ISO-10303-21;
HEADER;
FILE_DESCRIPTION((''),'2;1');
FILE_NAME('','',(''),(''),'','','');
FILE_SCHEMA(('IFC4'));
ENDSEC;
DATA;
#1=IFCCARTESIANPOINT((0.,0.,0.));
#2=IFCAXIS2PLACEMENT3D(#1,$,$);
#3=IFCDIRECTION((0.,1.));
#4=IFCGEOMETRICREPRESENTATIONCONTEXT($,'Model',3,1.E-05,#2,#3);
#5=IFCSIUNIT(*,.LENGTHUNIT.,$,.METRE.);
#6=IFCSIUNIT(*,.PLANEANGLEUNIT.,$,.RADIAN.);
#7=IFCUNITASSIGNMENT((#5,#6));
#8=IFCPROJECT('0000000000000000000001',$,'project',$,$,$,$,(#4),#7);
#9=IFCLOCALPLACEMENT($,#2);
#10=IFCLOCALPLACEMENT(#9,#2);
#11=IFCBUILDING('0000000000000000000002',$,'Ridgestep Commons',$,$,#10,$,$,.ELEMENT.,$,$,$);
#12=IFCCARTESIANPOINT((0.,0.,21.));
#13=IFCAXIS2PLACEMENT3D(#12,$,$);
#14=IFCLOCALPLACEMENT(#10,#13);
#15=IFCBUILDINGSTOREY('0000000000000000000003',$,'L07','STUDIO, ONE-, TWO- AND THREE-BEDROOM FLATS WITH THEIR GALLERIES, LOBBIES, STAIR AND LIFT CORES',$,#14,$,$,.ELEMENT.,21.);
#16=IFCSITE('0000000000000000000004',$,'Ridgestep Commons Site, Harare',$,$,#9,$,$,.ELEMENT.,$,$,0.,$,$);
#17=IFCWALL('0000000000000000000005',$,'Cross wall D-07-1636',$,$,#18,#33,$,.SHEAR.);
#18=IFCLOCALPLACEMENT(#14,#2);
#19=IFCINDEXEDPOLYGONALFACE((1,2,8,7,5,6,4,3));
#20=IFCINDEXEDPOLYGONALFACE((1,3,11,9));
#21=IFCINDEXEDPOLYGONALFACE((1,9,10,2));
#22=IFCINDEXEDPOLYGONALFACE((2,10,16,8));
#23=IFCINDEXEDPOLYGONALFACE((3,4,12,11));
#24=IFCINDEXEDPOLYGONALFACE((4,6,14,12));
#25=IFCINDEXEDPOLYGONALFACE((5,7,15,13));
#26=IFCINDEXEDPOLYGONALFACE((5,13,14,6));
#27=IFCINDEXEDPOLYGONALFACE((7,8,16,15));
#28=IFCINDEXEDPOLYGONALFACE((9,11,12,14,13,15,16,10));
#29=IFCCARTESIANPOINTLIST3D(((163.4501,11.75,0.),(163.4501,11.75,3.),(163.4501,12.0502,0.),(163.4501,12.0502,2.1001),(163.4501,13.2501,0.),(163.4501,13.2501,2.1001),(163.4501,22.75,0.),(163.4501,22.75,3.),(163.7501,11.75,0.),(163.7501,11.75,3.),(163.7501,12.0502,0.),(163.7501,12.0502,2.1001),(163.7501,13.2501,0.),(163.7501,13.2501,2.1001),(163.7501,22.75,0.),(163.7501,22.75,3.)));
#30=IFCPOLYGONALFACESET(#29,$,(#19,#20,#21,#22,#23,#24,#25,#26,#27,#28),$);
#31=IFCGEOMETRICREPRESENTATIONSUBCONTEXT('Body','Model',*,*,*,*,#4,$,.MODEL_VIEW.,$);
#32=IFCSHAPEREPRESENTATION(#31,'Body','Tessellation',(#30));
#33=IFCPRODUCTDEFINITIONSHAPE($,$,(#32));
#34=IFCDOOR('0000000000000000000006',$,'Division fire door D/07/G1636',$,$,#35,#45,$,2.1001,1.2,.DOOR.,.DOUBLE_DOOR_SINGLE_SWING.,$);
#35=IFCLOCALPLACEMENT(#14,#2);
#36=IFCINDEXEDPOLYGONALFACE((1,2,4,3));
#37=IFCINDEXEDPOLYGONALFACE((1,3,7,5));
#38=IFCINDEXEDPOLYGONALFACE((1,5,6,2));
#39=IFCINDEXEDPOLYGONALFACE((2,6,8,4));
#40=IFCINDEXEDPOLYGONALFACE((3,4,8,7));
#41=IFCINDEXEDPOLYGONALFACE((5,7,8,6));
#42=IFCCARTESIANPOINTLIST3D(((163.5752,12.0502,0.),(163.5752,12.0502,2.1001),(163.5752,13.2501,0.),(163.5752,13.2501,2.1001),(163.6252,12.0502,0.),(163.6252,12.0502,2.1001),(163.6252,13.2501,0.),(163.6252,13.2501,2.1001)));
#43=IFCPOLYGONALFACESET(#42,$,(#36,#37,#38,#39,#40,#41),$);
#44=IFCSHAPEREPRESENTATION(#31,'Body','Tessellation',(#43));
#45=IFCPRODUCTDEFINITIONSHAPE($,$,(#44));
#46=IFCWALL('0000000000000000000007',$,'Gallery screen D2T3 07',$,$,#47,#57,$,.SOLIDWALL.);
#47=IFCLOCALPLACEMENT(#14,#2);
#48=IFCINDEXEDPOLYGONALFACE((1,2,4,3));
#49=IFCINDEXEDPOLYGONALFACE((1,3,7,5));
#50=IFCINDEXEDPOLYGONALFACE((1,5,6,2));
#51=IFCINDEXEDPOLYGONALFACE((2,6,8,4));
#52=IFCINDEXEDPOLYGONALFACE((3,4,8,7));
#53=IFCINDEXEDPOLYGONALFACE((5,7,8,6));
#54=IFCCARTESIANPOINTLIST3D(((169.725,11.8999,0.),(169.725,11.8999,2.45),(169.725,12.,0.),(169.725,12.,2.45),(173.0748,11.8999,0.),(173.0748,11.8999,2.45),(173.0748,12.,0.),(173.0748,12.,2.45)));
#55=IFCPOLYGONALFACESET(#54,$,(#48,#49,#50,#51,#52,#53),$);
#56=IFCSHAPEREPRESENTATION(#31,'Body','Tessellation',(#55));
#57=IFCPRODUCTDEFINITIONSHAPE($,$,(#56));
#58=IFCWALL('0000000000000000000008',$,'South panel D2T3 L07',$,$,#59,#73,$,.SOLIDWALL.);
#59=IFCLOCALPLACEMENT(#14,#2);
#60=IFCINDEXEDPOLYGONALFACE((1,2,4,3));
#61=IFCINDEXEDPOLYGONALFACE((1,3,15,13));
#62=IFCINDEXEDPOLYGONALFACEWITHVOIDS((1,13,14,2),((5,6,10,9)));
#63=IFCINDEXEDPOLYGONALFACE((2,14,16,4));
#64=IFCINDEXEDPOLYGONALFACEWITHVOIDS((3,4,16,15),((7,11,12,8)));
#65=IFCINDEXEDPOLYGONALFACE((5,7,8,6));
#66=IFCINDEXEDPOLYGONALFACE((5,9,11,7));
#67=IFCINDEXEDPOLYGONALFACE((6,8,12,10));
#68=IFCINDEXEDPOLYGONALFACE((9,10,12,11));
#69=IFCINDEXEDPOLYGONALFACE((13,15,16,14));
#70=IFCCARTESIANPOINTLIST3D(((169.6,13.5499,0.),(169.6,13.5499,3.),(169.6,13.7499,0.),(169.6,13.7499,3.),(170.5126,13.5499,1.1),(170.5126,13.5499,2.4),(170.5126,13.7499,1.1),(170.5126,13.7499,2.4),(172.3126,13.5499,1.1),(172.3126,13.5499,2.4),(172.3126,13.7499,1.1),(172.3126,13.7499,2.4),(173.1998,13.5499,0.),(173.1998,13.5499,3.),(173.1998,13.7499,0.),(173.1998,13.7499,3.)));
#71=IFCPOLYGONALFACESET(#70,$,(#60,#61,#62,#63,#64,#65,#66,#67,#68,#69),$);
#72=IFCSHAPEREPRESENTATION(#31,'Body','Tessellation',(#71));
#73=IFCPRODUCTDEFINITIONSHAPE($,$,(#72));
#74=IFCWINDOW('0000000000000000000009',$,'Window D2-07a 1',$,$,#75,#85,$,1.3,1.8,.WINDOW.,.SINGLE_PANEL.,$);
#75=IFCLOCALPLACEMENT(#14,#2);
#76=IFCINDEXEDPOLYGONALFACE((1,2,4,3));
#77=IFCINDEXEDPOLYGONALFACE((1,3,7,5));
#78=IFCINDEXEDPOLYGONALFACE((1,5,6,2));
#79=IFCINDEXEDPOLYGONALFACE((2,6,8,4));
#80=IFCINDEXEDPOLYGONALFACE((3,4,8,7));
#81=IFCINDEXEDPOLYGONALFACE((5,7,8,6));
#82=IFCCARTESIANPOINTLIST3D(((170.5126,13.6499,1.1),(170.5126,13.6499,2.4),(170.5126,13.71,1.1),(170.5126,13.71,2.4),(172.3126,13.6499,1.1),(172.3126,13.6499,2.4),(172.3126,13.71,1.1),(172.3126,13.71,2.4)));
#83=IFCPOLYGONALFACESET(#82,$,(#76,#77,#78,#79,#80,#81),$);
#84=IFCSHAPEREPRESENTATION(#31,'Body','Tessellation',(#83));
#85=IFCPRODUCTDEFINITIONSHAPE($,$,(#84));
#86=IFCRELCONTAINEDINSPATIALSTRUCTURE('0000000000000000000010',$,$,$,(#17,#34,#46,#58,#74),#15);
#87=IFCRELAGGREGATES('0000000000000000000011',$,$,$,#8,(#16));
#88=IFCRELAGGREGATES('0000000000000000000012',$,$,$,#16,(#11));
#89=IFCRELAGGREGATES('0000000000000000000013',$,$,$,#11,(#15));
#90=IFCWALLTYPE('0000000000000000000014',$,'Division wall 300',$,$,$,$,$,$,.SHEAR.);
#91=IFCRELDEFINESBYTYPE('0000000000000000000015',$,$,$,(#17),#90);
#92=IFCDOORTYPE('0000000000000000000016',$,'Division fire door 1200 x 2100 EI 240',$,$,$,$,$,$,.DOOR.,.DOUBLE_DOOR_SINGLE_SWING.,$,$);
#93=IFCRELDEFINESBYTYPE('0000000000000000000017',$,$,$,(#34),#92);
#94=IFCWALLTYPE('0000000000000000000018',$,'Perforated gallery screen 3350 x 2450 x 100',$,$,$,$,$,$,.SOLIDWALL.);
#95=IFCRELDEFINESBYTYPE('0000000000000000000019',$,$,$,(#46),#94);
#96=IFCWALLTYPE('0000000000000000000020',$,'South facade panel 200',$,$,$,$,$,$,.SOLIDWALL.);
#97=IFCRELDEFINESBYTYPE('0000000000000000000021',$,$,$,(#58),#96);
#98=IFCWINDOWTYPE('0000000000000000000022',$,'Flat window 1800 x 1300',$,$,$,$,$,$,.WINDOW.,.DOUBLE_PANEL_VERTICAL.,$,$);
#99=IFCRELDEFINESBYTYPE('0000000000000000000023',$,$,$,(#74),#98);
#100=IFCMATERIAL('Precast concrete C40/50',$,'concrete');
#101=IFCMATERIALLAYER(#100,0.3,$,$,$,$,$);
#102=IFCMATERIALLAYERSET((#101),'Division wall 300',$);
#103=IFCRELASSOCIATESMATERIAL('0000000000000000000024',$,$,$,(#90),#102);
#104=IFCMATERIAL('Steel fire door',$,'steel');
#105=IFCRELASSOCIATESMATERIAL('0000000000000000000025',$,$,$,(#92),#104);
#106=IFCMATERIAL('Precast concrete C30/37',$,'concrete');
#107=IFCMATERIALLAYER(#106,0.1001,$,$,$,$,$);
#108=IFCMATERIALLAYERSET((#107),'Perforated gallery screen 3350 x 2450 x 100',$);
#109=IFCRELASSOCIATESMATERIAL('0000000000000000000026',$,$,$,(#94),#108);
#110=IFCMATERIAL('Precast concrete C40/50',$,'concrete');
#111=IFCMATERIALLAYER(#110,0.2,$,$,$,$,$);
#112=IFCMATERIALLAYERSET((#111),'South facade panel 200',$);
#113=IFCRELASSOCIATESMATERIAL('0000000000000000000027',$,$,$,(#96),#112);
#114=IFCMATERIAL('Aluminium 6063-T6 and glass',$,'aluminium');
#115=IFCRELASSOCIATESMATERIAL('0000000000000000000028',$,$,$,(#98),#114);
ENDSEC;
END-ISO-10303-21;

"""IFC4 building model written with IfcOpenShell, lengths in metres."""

from ifc_helpers import new_model, si_unit, direction, frame, frame_2d, origin, place, context, subcontext, project, spatial, rectangle, extrude, material, layer, layer_set, type_object, element, fill, save


model = new_model("IFC4")

# Units and contexts
model_context = context("Model", 3, precision=1e-05, world=origin(), true_north=direction((0.0, 1.0)))
body_context = subcontext(model_context, "Body", "Model", "MODEL_VIEW")
ifc_project = project(units=[si_unit("LENGTHUNIT", "METRE"), si_unit("PLANEANGLEUNIT", "RADIAN")], contexts=[model_context])

# Site, building, storey
site_placement = place(None, origin())
site = spatial("IfcSite", under=ifc_project, at=site_placement, Name="Ridgestep Commons Site, Harare", CompositionType="ELEMENT", RefElevation=0.0)
building_placement = place(site_placement, origin())
building = spatial("IfcBuilding", under=site, at=building_placement, Name="Ridgestep Commons", CompositionType="ELEMENT")
storey_placement = place(building_placement, frame((0.0, 0.0, 21.0)))
storey = spatial("IfcBuildingStorey", under=building, at=storey_placement, Name="L07", Description="STUDIO, ONE-, TWO- AND THREE-BEDROOM FLATS WITH THEIR GALLERIES, LOBBIES, STAIR AND LIFT CORES", CompositionType="ELEMENT", Elevation=21.0)

# Wall, opening, door
ifc_material_1 = material(Name="Precast concrete C40/50", Category="concrete")
ifc_layer_1 = layer(ifc_material_1, 0.3)
ifc_layer_set_1 = layer_set([ifc_layer_1], Name="Division wall 300")
wall_type_1 = type_object("IfcWallType", Name="Division wall 300", PredefinedType="SHEAR", material=ifc_layer_set_1)
wall_1_placement = place(storey_placement, frame((163.6001, 11.75, 0.0), z_axis=(0.0, 0.0, 1.0), x_axis=(0.0, 1.0, 0.0)))
wall_1 = element("IfcWall", 1, at=wall_1_placement, inside=storey, type_object=wall_type_1, Name="Cross wall D-07-1636", PredefinedType="SHEAR", context=body_context, shape_type="SweptSolid", body=[
    extrude(rectangle(XDim=11.0, YDim=0.3, at=frame_2d((5.5, 0.0))), origin(), (0.0, 0.0, 1.0), 3.0),
])
opening_1_placement = place(wall_1_placement, frame((0.3, 0.0, 0.0)))
opening_1 = element("IfcOpeningElement", 2, at=opening_1_placement, cuts=wall_1, PredefinedType="OPENING", context=body_context, shape_type="SweptSolid", body=[
    extrude(rectangle(XDim=1.2, YDim=2.1001, at=frame_2d((0.6001, 1.05))), frame((0.0, 0.1599, 0.0), z_axis=(0.0, -1.0, 0.0), x_axis=(1.0, 0.0, 0.0)), (0.0, 0.0, 1.0), 0.3201),
])
ifc_material_2 = material(Name="Steel fire door", Category="steel")
door_type_1 = type_object("IfcDoorType", Name="Division fire door 1200 x 2100 EI 240", OperationType="DOUBLE_DOOR_SINGLE_SWING", PredefinedType="DOOR", material=ifc_material_2)
door_1_placement = place(opening_1_placement, origin())
door_1 = element("IfcDoor", 3, at=door_1_placement, inside=storey, type_object=door_type_1, Name="Division fire door D/07/G1636", OperationType="DOUBLE_DOOR_SINGLE_SWING", OverallHeight=2.1001, OverallWidth=1.2, PredefinedType="DOOR", context=body_context, shape_type="SweptSolid", body=[
    extrude(rectangle(XDim=1.2, YDim=2.1001, at=frame_2d((0.6001, 1.05))), frame((0.0, 0.0249, 0.0), z_axis=(0.0, -1.0, 0.0), x_axis=(1.0, 0.0, 0.0)), (0.0, 0.0, 1.0), 0.05),
])
fill(opening_1, door_1)

# Wall
ifc_material_3 = material(Name="Precast concrete C30/37", Category="concrete")
ifc_layer_2 = layer(ifc_material_3, 0.1001)
ifc_layer_set_2 = layer_set([ifc_layer_2], Name="Perforated gallery screen 3350 x 2450 x 100")
wall_type_2 = type_object("IfcWallType", Name="Perforated gallery screen 3350 x 2450 x 100", PredefinedType="SOLIDWALL", material=ifc_layer_set_2)
wall_2_placement = place(storey_placement, frame((169.7251, 11.95, 0.0), z_axis=(0.0, 0.0, 1.0), x_axis=(1.0, 0.0, 0.0)))
element("IfcWall", 4, at=wall_2_placement, inside=storey, type_object=wall_type_2, Name="Gallery screen D2T3 07", PredefinedType="SOLIDWALL", context=body_context, shape_type="SweptSolid", body=[
    extrude(rectangle(XDim=3.3499, YDim=0.1001, at=frame_2d((1.6748, 0.0))), origin(), (0.0, 0.0, 1.0), 2.45),
])

# Wall, opening, window
ifc_material_4 = material(Name="Precast concrete C40/50", Category="concrete")
ifc_layer_3 = layer(ifc_material_4, 0.2)
ifc_layer_set_3 = layer_set([ifc_layer_3], Name="South facade panel 200")
wall_type_3 = type_object("IfcWallType", Name="South facade panel 200", PredefinedType="SOLIDWALL", material=ifc_layer_set_3)
wall_3_placement = place(storey_placement, frame((169.6001, 13.6499, 0.0), z_axis=(0.0, 0.0, 1.0), x_axis=(1.0, 0.0, 0.0)))
wall_3 = element("IfcWall", 5, at=wall_3_placement, inside=storey, type_object=wall_type_3, Name="South panel D2T3 L07", PredefinedType="SOLIDWALL", context=body_context, shape_type="SweptSolid", body=[
    extrude(rectangle(XDim=3.5999, YDim=0.2, at=frame_2d((1.7998, 0.0))), origin(), (0.0, 0.0, 1.0), 3.0),
])
opening_2_placement = place(wall_3_placement, frame((0.9126, 0.0, 1.1001)))
opening_2 = element("IfcOpeningElement", 6, at=opening_2_placement, cuts=wall_3, PredefinedType="OPENING", context=body_context, shape_type="SweptSolid", body=[
    extrude(rectangle(XDim=1.8, YDim=1.3, at=frame_2d((0.8999, 0.6499))), frame((0.0, 0.1099, 0.0), z_axis=(0.0, -1.0, 0.0), x_axis=(1.0, 0.0, 0.0)), (0.0, 0.0, 1.0), 0.22),
])
ifc_material_5 = material(Name="Aluminium 6063-T6 and glass", Category="aluminium")
window_type = type_object("IfcWindowType", Name="Flat window 1800 x 1300", PartitioningType="DOUBLE_PANEL_VERTICAL", PredefinedType="WINDOW", material=ifc_material_5)
window_placement = place(opening_2_placement, origin())
window = element("IfcWindow", 7, at=window_placement, inside=storey, type_object=window_type, Name="Window D2-07a 1", OverallHeight=1.3, OverallWidth=1.8, PartitioningType="SINGLE_PANEL", PredefinedType="WINDOW", context=body_context, shape_type="SweptSolid", body=[
    extrude(rectangle(XDim=1.8, YDim=1.3, at=frame_2d((0.8999, 0.6499))), frame((0.0, 0.0601, 0.0), z_axis=(0.0, -1.0, 0.0), x_axis=(1.0, 0.0, 0.0)), (0.0, 0.0, 1.0), 0.0601),
])
fill(opening_2, window)

save(model, "model.ifc")
